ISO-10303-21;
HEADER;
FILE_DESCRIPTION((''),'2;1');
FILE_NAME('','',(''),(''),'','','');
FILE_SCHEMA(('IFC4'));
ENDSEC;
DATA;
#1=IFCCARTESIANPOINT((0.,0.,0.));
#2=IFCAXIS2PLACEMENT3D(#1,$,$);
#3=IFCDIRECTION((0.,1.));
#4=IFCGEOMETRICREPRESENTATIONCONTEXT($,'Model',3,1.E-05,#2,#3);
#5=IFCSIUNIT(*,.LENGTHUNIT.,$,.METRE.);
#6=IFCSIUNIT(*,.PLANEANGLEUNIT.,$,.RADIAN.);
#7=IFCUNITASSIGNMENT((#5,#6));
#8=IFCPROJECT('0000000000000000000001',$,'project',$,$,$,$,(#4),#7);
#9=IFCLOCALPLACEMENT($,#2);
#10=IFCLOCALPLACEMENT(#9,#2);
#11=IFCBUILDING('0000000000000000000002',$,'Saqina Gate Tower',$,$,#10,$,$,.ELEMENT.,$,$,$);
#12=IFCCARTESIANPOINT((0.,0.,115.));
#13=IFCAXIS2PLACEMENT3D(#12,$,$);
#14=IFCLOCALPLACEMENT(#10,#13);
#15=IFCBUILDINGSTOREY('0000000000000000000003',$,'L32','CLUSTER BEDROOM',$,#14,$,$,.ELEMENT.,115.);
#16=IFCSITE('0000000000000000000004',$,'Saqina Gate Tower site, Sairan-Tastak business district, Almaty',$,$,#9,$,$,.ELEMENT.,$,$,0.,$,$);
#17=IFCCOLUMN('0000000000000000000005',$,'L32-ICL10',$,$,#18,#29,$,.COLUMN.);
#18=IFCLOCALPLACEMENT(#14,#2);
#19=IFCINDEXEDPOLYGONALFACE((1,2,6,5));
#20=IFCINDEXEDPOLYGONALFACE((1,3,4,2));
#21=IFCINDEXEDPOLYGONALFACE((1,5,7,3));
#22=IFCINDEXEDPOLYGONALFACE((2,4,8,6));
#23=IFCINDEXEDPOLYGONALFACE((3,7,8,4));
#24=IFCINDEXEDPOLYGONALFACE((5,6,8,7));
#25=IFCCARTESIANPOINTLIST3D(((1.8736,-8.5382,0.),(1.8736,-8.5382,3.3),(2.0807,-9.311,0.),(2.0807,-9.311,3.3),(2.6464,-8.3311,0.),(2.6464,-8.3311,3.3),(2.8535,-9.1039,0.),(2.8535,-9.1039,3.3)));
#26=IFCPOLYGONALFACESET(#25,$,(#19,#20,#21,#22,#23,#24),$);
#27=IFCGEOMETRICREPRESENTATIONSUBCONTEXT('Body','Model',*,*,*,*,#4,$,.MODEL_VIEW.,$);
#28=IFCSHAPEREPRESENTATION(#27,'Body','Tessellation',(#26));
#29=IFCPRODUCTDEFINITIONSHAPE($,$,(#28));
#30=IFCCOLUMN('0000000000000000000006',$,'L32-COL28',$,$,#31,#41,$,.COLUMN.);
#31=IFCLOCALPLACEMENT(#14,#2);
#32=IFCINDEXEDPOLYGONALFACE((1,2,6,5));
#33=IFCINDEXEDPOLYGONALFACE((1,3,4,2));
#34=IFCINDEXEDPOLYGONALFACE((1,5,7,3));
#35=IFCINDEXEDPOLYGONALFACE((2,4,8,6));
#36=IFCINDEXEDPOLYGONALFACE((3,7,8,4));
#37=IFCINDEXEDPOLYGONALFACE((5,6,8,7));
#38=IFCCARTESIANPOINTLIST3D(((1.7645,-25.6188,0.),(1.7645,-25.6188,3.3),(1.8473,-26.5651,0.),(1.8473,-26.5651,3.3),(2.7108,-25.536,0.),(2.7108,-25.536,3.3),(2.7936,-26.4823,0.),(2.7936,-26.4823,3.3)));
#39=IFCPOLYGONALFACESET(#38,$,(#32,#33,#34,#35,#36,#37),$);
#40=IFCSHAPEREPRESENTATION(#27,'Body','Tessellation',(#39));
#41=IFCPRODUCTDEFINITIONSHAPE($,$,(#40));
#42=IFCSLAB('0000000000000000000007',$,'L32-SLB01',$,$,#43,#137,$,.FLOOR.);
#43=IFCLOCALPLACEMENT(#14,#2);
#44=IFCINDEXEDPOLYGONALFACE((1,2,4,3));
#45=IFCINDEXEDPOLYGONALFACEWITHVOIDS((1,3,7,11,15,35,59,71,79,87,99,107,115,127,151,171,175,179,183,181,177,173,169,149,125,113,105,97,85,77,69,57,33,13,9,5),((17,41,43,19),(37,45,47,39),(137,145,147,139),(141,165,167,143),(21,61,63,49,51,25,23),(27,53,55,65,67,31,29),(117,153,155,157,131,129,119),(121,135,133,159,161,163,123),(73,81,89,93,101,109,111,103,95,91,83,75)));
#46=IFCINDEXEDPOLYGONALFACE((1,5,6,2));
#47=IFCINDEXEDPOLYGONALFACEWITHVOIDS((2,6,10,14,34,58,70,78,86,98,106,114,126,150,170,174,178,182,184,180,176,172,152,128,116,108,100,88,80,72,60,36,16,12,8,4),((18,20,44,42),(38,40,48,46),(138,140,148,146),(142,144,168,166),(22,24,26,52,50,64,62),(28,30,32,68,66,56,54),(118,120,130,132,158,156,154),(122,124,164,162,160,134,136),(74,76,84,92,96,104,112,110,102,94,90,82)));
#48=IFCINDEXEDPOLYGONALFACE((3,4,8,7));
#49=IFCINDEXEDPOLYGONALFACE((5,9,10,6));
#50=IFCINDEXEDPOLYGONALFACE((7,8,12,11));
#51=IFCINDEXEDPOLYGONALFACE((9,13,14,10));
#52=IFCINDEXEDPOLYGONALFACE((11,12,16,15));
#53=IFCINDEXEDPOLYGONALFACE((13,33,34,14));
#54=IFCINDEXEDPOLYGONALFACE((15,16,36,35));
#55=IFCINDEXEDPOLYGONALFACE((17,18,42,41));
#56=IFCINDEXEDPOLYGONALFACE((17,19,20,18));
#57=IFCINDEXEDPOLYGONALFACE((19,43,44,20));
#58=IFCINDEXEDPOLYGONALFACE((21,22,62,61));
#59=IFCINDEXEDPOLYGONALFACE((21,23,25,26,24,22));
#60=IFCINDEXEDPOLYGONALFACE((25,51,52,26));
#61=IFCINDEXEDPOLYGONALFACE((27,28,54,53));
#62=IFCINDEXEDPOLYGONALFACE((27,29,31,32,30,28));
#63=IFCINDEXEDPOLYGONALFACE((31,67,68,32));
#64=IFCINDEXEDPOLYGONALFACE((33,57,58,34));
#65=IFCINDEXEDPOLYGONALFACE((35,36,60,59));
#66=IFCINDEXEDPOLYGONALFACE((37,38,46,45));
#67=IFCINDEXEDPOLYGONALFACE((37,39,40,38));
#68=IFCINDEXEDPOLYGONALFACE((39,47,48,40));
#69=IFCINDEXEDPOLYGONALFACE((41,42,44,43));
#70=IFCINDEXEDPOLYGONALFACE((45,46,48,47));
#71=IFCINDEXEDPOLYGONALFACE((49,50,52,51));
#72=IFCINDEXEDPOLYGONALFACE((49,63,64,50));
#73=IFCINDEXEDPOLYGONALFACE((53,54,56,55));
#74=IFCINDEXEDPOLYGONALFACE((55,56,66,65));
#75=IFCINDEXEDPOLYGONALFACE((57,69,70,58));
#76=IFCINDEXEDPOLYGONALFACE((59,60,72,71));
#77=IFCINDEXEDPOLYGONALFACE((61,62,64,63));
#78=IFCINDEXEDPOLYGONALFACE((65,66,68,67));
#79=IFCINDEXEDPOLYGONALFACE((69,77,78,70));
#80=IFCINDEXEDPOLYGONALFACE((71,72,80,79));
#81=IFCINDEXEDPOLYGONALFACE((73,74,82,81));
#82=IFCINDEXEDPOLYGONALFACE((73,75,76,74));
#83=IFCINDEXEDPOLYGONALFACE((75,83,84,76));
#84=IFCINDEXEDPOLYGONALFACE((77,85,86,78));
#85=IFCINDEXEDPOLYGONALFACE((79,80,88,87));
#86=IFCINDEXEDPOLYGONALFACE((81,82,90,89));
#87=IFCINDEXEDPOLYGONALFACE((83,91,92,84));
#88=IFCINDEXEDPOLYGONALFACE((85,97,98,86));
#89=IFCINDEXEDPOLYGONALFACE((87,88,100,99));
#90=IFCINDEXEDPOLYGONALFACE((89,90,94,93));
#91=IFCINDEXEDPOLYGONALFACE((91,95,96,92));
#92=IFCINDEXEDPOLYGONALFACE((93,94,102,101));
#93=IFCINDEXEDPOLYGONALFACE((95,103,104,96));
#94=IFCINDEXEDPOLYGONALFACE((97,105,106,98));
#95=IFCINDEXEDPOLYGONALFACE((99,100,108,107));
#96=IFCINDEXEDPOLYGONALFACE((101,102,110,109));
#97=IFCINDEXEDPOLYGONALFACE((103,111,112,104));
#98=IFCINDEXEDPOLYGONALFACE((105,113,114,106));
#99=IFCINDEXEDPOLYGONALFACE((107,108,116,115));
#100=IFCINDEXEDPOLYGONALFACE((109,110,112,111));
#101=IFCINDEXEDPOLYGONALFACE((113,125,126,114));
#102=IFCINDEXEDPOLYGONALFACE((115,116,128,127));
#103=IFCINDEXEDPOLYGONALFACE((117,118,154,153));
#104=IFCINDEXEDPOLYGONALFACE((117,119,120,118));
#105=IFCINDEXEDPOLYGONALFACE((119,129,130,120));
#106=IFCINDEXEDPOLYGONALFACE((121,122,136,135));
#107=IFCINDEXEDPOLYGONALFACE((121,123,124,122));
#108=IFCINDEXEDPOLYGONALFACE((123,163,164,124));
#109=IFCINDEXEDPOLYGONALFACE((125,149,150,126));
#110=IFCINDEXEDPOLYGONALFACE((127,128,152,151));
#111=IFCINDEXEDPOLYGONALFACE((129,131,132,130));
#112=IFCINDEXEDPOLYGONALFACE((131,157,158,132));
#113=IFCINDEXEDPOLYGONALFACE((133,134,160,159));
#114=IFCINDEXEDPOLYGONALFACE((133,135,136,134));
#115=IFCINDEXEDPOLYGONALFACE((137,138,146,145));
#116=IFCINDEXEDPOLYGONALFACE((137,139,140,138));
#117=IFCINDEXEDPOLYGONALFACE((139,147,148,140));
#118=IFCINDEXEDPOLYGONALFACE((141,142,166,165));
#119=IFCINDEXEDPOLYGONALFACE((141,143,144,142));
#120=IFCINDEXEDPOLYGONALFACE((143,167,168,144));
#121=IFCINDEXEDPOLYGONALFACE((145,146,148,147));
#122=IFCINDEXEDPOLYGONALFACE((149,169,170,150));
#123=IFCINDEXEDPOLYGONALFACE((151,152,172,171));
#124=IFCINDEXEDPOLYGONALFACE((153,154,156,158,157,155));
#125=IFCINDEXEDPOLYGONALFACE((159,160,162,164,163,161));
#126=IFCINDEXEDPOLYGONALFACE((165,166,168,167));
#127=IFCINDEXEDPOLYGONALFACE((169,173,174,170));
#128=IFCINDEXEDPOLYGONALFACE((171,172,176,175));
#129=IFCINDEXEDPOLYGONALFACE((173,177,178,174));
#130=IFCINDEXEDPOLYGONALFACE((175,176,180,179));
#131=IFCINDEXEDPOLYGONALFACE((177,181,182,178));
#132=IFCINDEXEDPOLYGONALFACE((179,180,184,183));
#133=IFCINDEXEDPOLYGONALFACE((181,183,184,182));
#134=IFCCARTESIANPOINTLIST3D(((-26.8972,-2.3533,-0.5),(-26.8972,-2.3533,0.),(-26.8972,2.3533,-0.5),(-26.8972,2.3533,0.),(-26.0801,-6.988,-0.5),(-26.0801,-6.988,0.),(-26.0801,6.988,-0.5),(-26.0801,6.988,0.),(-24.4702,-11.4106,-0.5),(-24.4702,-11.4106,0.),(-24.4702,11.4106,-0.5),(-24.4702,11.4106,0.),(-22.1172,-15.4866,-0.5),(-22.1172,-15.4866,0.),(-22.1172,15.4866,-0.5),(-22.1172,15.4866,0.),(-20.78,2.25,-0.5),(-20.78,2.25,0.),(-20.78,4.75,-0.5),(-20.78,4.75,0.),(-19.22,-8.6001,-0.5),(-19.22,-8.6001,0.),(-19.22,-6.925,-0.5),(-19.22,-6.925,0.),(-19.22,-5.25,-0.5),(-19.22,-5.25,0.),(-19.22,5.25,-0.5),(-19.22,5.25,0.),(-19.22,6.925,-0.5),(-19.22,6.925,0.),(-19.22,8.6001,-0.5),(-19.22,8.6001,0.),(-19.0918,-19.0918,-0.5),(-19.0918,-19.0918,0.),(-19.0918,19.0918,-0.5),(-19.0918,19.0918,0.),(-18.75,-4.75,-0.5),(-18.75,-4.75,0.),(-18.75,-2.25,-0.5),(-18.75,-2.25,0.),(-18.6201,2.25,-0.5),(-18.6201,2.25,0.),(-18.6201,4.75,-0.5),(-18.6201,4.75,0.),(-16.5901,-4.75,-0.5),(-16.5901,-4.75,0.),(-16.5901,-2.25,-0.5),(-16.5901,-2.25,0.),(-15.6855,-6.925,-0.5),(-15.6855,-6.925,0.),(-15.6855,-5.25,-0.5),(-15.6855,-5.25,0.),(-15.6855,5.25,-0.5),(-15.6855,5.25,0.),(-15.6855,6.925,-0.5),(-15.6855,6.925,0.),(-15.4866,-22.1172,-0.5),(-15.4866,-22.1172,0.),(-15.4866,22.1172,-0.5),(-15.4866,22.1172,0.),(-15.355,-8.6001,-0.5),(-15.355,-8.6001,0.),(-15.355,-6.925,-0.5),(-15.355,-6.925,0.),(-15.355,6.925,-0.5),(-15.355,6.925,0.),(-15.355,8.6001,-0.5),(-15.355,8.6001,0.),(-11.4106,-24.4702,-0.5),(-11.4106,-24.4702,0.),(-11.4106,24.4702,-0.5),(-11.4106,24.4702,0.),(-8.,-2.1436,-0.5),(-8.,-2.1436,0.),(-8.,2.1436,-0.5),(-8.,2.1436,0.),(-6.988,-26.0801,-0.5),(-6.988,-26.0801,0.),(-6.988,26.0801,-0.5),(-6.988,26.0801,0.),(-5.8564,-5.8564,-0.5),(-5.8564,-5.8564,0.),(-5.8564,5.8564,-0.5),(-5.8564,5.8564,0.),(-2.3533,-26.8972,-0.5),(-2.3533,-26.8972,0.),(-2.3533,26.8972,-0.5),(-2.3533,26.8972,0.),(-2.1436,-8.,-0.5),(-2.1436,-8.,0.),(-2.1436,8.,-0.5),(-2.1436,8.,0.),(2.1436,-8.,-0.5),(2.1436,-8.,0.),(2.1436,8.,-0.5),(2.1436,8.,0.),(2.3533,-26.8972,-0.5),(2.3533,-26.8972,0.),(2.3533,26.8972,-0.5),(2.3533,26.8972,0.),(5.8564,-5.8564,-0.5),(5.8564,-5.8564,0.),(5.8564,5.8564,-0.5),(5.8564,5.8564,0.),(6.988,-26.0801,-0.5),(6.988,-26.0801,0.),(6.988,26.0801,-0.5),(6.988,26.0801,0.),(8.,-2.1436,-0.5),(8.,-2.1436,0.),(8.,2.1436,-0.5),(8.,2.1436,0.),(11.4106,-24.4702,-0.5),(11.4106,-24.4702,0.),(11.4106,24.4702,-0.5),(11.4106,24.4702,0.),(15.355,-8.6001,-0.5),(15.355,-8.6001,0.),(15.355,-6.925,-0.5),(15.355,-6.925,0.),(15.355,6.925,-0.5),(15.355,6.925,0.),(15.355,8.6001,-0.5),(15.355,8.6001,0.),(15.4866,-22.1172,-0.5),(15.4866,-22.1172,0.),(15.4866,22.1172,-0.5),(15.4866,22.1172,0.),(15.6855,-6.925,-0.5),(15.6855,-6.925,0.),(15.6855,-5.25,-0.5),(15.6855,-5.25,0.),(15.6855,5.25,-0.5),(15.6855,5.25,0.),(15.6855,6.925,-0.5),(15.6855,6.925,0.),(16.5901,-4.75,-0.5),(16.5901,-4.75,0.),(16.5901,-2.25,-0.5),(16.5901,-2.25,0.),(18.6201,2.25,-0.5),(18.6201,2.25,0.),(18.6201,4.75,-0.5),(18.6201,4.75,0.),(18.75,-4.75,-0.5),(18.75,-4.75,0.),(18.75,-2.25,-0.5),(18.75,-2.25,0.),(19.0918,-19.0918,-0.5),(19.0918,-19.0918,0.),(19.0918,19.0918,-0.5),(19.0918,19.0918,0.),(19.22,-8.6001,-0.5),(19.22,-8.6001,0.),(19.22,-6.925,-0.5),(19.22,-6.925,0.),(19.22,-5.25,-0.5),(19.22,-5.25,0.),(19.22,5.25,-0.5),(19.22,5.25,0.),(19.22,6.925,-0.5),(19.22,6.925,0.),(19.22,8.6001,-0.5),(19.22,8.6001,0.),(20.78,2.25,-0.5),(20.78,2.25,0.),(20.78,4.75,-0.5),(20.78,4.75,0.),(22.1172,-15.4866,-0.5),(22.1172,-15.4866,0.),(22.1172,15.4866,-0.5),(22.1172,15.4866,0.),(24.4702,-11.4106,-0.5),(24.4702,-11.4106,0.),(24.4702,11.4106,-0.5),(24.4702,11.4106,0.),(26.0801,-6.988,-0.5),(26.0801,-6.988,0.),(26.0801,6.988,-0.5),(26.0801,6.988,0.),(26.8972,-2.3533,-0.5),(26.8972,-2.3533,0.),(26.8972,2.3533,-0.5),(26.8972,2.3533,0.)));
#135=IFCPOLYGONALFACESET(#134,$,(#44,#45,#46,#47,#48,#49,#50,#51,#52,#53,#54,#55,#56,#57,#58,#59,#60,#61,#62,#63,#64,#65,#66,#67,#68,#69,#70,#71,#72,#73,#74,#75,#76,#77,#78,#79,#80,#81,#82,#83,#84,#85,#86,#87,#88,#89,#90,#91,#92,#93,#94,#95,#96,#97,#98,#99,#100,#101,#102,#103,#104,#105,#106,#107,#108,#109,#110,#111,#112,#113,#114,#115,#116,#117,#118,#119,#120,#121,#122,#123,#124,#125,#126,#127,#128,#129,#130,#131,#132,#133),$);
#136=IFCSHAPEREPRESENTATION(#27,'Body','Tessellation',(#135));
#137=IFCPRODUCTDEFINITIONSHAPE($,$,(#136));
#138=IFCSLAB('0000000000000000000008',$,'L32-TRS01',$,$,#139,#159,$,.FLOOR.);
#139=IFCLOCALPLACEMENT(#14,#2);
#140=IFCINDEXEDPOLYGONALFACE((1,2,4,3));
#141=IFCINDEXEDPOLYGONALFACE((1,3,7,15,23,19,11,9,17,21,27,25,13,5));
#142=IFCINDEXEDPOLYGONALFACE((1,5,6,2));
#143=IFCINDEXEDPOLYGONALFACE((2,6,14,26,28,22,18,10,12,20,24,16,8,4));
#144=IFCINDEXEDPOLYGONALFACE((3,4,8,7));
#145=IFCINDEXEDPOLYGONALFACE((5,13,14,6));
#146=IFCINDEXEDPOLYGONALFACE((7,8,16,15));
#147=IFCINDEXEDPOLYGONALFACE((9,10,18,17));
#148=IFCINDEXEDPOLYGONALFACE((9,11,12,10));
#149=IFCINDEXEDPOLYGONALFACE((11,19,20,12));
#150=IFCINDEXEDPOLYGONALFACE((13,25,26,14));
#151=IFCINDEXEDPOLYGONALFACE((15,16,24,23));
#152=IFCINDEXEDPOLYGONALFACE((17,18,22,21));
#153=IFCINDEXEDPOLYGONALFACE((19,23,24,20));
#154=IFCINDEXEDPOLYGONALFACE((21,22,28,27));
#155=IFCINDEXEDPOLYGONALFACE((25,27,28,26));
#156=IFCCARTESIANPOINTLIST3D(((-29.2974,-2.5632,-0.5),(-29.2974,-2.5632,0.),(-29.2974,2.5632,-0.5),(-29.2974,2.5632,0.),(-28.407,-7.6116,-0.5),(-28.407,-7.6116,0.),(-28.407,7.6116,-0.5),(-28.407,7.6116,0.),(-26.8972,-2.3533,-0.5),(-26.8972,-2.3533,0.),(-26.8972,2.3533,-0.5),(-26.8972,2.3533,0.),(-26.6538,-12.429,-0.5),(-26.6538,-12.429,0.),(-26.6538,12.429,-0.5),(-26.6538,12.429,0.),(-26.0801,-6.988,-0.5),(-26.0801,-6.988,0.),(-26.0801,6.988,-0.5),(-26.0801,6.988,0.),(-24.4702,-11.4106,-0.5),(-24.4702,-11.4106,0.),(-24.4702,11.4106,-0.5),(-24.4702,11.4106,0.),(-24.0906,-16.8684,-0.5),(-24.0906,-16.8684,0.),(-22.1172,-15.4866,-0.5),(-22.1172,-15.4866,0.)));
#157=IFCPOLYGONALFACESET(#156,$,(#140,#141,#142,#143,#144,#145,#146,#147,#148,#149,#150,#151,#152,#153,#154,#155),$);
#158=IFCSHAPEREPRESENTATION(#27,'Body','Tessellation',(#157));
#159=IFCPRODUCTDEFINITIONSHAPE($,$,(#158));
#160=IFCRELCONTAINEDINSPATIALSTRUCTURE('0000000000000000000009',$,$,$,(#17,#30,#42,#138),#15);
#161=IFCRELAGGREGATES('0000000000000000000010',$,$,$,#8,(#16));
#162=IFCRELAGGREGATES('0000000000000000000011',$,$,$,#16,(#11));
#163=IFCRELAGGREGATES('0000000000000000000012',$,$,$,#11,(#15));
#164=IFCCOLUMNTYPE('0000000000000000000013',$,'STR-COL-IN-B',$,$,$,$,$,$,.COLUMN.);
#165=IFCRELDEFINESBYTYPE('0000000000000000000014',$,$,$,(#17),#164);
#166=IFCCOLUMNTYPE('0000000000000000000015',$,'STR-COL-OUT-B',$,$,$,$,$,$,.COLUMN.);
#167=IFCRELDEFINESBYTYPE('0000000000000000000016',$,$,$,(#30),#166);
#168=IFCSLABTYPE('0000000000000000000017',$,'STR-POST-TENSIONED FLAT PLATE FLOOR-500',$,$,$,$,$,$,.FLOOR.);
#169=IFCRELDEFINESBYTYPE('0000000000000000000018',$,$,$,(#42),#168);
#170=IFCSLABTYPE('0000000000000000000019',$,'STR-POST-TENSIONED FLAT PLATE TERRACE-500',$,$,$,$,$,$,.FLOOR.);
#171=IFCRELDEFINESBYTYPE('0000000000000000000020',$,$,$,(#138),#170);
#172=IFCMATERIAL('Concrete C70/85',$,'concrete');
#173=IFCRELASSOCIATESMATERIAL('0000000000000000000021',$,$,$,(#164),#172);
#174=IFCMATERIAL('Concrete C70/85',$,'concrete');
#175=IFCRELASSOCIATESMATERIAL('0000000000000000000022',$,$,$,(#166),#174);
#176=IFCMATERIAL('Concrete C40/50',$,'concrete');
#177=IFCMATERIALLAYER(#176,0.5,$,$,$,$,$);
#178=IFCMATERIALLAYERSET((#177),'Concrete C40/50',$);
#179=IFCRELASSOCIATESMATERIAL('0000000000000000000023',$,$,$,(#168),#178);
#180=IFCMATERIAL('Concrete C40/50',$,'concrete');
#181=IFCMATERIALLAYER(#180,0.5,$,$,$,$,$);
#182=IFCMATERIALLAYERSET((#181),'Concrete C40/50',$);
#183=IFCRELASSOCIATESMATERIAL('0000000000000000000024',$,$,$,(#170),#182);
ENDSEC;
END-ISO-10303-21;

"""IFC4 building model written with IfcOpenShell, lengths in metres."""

from ifc_helpers import new_model, si_unit, direction, frame, origin, origin_2d, place, context, subcontext, project, spatial, polyline, rectangle, outline, extrude, material, layer, layer_set, material_profile, profile_set, type_object, element, save


model = new_model("IFC4")

# Units and contexts
model_context = context("Model", 3, precision=1e-05, world=origin(), true_north=direction((0.0, 1.0)))
body_context = subcontext(model_context, "Body", "Model", "MODEL_VIEW")
ifc_project = project(units=[si_unit("LENGTHUNIT", "METRE"), si_unit("PLANEANGLEUNIT", "RADIAN")], contexts=[model_context])

# Site, building, storey
site_placement = place(None, origin())
site = spatial("IfcSite", under=ifc_project, at=site_placement, Name="Saqina Gate Tower site, Sairan-Tastak business district, Almaty", CompositionType="ELEMENT", RefElevation=0.0)
building_placement = place(site_placement, origin())
building = spatial("IfcBuilding", under=site, at=building_placement, Name="Saqina Gate Tower", CompositionType="ELEMENT")
storey_placement = place(building_placement, frame((0.0, 0.0, 115.0)))
storey = spatial("IfcBuildingStorey", under=building, at=storey_placement, Name="L32", Description="CLUSTER BEDROOM", CompositionType="ELEMENT", Elevation=115.0)

# Columns
ifc_material_1 = material(Name="Concrete C70/85", Category="concrete")
ifc_material_profile_1 = material_profile(ifc_material_1, rectangle(XDim=0.8, YDim=0.8, at=origin_2d()), Name="RC 800x800")
ifc_profile_set_1 = profile_set([ifc_material_profile_1], Name="Concrete C70/85")
column_type_1 = type_object("IfcColumnType", Name="STR-COL-IN-B", PredefinedType="COLUMN", material=ifc_profile_set_1)
column_1_placement = place(storey_placement, frame((2.3635, -8.821, 0.0), z_axis=(0.0, 0.0, 1.0), x_axis=(0.258819, -0.965926, 0.0)))
element("IfcColumn", 1, at=column_1_placement, inside=storey, type_object=column_type_1, Name="L32-ICL10", PredefinedType="COLUMN", context=body_context, shape_type="SweptSolid", body=[
    extrude(rectangle(XDim=0.8, YDim=0.8, at=origin_2d()), origin(), (0.0, 0.0, 1.0), 3.3),
])
ifc_material_2 = material(Name="Concrete C70/85", Category="concrete")
ifc_material_profile_2 = material_profile(ifc_material_2, rectangle(XDim=0.95, YDim=0.95, at=origin_2d()), Name="RC 950x950")
ifc_profile_set_2 = profile_set([ifc_material_profile_2], Name="Concrete C70/85")
column_type_2 = type_object("IfcColumnType", Name="STR-COL-OUT-B", PredefinedType="COLUMN", material=ifc_profile_set_2)
column_2_placement = place(storey_placement, frame((2.2791, -26.0505, 0.0), z_axis=(0.0, 0.0, 1.0), x_axis=(0.087156, -0.996195, 0.0)))
element("IfcColumn", 2, at=column_2_placement, inside=storey, type_object=column_type_2, Name="L32-COL28", PredefinedType="COLUMN", context=body_context, shape_type="SweptSolid", body=[
    extrude(rectangle(XDim=0.95, YDim=0.95, at=origin_2d()), origin(), (0.0, 0.0, 1.0), 3.3),
])

# Slabs
ifc_material_3 = material(Name="Concrete C40/50", Category="concrete")
ifc_layer_1 = layer(ifc_material_3, 0.5)
ifc_layer_set_1 = layer_set([ifc_layer_1], Name="Concrete C40/50")
slab_type_1 = type_object("IfcSlabType", Name="STR-POST-TENSIONED FLAT PLATE FLOOR-500", PredefinedType="FLOOR", material=ifc_layer_set_1)
slab_1_placement = place(storey_placement, frame((0.0, 0.0, -0.5)))
element("IfcSlab", 3, at=slab_1_placement, inside=storey, type_object=slab_type_1, Name="L32-SLB01", PredefinedType="FLOOR", context=body_context, shape_type="SweptSolid", body=[
    extrude(outline(polyline([(26.0801, -6.988), (26.8972, -2.3533), (26.8972, 2.3533), (26.0801, 6.988), (24.4702, 11.4106), (22.1172, 15.4866), (19.0918, 19.0918), (15.4866, 22.1172), (11.4106, 24.4702), (6.988, 26.0801), (2.3533, 26.8972), (-2.3533, 26.8972), (-6.988, 26.0801), (-11.4106, 24.4702), (-15.4866, 22.1172), (-19.0918, 19.0918), (-22.1172, 15.4866), (-24.4702, 11.4106), (-26.0801, 6.988), (-26.8972, 2.3533), (-26.8972, -2.3533), (-26.0801, -6.988), (-24.4702, -11.4106), (-22.1172, -15.4866), (-19.0918, -19.0918), (-15.4866, -22.1172), (-11.4106, -24.4702), (-6.988, -26.0801), (-2.3533, -26.8972), (2.3533, -26.8972), (6.988, -26.0801), (11.4106, -24.4702), (15.4866, -22.1172), (19.0918, -19.0918), (22.1172, -15.4866), (24.4702, -11.4106), (26.0801, -6.988)]), holes=[polyline([(2.1436, 8.0), (5.8564, 5.8564), (8.0, 2.1436), (8.0, -2.1436), (5.8564, -5.8564), (2.1436, -8.0), (-2.1436, -8.0), (-5.8564, -5.8564), (-8.0, -2.1436), (-8.0, 2.1436), (-5.8564, 5.8564), (-2.1436, 8.0), (2.1436, 8.0)]), polyline([(-15.355, -8.6001), (-19.22, -8.6001), (-19.22, -6.925), (-19.22, -5.25), (-15.6855, -5.25), (-15.6855, -6.925), (-15.355, -6.925), (-15.355, -8.6001)]), polyline([(-16.5901, -2.25), (-16.5901, -4.75), (-18.75, -4.75), (-18.75, -2.25), (-16.5901, -2.25)]), polyline([(-20.78, 4.75), (-18.6201, 4.75), (-18.6201, 2.25), (-20.78, 2.25), (-20.78, 4.75)]), polyline([(-19.22, 6.925), (-19.22, 8.6001), (-15.355, 8.6001), (-15.355, 6.925), (-15.6855, 6.925), (-15.6855, 5.25), (-19.22, 5.25), (-19.22, 6.925)]), polyline([(15.355, -8.6001), (15.355, -6.925), (15.6855, -6.925), (15.6855, -5.25), (19.22, -5.25), (19.22, -6.925), (19.22, -8.6001), (15.355, -8.6001)]), polyline([(18.75, -2.25), (18.75, -4.75), (16.5901, -4.75), (16.5901, -2.25), (18.75, -2.25)]), polyline([(18.6201, 4.75), (20.78, 4.75), (20.78, 2.25), (18.6201, 2.25), (18.6201, 4.75)]), polyline([(15.6855, 6.925), (15.355, 6.925), (15.355, 8.6001), (19.22, 8.6001), (19.22, 6.925), (19.22, 5.25), (15.6855, 5.25), (15.6855, 6.925)])]), origin(), (0.0, 0.0, 1.0), 0.5),
])
ifc_material_4 = material(Name="Concrete C40/50", Category="concrete")
ifc_layer_2 = layer(ifc_material_4, 0.5)
ifc_layer_set_2 = layer_set([ifc_layer_2], Name="Concrete C40/50")
slab_type_2 = type_object("IfcSlabType", Name="STR-POST-TENSIONED FLAT PLATE TERRACE-500", PredefinedType="FLOOR", material=ifc_layer_set_2)
slab_2_placement = place(storey_placement, frame((0.0, 0.0, -0.5)))
element("IfcSlab", 4, at=slab_2_placement, inside=storey, type_object=slab_type_2, Name="L32-TRS01", PredefinedType="FLOOR", context=body_context, shape_type="SweptSolid", body=[
    extrude(outline(polyline([(-24.4702, 11.4106), (-26.0801, 6.988), (-26.8972, 2.3533), (-26.8972, -2.3533), (-26.0801, -6.988), (-24.4702, -11.4106), (-22.1172, -15.4866), (-24.0906, -16.8684), (-26.6538, -12.429), (-28.407, -7.6116), (-29.2974, -2.5632), (-29.2974, 2.5632), (-28.407, 7.6116), (-26.6538, 12.429), (-24.4702, 11.4106)])), origin(), (0.0, 0.0, 1.0), 0.5),
])

save(model, "model.ifc")
